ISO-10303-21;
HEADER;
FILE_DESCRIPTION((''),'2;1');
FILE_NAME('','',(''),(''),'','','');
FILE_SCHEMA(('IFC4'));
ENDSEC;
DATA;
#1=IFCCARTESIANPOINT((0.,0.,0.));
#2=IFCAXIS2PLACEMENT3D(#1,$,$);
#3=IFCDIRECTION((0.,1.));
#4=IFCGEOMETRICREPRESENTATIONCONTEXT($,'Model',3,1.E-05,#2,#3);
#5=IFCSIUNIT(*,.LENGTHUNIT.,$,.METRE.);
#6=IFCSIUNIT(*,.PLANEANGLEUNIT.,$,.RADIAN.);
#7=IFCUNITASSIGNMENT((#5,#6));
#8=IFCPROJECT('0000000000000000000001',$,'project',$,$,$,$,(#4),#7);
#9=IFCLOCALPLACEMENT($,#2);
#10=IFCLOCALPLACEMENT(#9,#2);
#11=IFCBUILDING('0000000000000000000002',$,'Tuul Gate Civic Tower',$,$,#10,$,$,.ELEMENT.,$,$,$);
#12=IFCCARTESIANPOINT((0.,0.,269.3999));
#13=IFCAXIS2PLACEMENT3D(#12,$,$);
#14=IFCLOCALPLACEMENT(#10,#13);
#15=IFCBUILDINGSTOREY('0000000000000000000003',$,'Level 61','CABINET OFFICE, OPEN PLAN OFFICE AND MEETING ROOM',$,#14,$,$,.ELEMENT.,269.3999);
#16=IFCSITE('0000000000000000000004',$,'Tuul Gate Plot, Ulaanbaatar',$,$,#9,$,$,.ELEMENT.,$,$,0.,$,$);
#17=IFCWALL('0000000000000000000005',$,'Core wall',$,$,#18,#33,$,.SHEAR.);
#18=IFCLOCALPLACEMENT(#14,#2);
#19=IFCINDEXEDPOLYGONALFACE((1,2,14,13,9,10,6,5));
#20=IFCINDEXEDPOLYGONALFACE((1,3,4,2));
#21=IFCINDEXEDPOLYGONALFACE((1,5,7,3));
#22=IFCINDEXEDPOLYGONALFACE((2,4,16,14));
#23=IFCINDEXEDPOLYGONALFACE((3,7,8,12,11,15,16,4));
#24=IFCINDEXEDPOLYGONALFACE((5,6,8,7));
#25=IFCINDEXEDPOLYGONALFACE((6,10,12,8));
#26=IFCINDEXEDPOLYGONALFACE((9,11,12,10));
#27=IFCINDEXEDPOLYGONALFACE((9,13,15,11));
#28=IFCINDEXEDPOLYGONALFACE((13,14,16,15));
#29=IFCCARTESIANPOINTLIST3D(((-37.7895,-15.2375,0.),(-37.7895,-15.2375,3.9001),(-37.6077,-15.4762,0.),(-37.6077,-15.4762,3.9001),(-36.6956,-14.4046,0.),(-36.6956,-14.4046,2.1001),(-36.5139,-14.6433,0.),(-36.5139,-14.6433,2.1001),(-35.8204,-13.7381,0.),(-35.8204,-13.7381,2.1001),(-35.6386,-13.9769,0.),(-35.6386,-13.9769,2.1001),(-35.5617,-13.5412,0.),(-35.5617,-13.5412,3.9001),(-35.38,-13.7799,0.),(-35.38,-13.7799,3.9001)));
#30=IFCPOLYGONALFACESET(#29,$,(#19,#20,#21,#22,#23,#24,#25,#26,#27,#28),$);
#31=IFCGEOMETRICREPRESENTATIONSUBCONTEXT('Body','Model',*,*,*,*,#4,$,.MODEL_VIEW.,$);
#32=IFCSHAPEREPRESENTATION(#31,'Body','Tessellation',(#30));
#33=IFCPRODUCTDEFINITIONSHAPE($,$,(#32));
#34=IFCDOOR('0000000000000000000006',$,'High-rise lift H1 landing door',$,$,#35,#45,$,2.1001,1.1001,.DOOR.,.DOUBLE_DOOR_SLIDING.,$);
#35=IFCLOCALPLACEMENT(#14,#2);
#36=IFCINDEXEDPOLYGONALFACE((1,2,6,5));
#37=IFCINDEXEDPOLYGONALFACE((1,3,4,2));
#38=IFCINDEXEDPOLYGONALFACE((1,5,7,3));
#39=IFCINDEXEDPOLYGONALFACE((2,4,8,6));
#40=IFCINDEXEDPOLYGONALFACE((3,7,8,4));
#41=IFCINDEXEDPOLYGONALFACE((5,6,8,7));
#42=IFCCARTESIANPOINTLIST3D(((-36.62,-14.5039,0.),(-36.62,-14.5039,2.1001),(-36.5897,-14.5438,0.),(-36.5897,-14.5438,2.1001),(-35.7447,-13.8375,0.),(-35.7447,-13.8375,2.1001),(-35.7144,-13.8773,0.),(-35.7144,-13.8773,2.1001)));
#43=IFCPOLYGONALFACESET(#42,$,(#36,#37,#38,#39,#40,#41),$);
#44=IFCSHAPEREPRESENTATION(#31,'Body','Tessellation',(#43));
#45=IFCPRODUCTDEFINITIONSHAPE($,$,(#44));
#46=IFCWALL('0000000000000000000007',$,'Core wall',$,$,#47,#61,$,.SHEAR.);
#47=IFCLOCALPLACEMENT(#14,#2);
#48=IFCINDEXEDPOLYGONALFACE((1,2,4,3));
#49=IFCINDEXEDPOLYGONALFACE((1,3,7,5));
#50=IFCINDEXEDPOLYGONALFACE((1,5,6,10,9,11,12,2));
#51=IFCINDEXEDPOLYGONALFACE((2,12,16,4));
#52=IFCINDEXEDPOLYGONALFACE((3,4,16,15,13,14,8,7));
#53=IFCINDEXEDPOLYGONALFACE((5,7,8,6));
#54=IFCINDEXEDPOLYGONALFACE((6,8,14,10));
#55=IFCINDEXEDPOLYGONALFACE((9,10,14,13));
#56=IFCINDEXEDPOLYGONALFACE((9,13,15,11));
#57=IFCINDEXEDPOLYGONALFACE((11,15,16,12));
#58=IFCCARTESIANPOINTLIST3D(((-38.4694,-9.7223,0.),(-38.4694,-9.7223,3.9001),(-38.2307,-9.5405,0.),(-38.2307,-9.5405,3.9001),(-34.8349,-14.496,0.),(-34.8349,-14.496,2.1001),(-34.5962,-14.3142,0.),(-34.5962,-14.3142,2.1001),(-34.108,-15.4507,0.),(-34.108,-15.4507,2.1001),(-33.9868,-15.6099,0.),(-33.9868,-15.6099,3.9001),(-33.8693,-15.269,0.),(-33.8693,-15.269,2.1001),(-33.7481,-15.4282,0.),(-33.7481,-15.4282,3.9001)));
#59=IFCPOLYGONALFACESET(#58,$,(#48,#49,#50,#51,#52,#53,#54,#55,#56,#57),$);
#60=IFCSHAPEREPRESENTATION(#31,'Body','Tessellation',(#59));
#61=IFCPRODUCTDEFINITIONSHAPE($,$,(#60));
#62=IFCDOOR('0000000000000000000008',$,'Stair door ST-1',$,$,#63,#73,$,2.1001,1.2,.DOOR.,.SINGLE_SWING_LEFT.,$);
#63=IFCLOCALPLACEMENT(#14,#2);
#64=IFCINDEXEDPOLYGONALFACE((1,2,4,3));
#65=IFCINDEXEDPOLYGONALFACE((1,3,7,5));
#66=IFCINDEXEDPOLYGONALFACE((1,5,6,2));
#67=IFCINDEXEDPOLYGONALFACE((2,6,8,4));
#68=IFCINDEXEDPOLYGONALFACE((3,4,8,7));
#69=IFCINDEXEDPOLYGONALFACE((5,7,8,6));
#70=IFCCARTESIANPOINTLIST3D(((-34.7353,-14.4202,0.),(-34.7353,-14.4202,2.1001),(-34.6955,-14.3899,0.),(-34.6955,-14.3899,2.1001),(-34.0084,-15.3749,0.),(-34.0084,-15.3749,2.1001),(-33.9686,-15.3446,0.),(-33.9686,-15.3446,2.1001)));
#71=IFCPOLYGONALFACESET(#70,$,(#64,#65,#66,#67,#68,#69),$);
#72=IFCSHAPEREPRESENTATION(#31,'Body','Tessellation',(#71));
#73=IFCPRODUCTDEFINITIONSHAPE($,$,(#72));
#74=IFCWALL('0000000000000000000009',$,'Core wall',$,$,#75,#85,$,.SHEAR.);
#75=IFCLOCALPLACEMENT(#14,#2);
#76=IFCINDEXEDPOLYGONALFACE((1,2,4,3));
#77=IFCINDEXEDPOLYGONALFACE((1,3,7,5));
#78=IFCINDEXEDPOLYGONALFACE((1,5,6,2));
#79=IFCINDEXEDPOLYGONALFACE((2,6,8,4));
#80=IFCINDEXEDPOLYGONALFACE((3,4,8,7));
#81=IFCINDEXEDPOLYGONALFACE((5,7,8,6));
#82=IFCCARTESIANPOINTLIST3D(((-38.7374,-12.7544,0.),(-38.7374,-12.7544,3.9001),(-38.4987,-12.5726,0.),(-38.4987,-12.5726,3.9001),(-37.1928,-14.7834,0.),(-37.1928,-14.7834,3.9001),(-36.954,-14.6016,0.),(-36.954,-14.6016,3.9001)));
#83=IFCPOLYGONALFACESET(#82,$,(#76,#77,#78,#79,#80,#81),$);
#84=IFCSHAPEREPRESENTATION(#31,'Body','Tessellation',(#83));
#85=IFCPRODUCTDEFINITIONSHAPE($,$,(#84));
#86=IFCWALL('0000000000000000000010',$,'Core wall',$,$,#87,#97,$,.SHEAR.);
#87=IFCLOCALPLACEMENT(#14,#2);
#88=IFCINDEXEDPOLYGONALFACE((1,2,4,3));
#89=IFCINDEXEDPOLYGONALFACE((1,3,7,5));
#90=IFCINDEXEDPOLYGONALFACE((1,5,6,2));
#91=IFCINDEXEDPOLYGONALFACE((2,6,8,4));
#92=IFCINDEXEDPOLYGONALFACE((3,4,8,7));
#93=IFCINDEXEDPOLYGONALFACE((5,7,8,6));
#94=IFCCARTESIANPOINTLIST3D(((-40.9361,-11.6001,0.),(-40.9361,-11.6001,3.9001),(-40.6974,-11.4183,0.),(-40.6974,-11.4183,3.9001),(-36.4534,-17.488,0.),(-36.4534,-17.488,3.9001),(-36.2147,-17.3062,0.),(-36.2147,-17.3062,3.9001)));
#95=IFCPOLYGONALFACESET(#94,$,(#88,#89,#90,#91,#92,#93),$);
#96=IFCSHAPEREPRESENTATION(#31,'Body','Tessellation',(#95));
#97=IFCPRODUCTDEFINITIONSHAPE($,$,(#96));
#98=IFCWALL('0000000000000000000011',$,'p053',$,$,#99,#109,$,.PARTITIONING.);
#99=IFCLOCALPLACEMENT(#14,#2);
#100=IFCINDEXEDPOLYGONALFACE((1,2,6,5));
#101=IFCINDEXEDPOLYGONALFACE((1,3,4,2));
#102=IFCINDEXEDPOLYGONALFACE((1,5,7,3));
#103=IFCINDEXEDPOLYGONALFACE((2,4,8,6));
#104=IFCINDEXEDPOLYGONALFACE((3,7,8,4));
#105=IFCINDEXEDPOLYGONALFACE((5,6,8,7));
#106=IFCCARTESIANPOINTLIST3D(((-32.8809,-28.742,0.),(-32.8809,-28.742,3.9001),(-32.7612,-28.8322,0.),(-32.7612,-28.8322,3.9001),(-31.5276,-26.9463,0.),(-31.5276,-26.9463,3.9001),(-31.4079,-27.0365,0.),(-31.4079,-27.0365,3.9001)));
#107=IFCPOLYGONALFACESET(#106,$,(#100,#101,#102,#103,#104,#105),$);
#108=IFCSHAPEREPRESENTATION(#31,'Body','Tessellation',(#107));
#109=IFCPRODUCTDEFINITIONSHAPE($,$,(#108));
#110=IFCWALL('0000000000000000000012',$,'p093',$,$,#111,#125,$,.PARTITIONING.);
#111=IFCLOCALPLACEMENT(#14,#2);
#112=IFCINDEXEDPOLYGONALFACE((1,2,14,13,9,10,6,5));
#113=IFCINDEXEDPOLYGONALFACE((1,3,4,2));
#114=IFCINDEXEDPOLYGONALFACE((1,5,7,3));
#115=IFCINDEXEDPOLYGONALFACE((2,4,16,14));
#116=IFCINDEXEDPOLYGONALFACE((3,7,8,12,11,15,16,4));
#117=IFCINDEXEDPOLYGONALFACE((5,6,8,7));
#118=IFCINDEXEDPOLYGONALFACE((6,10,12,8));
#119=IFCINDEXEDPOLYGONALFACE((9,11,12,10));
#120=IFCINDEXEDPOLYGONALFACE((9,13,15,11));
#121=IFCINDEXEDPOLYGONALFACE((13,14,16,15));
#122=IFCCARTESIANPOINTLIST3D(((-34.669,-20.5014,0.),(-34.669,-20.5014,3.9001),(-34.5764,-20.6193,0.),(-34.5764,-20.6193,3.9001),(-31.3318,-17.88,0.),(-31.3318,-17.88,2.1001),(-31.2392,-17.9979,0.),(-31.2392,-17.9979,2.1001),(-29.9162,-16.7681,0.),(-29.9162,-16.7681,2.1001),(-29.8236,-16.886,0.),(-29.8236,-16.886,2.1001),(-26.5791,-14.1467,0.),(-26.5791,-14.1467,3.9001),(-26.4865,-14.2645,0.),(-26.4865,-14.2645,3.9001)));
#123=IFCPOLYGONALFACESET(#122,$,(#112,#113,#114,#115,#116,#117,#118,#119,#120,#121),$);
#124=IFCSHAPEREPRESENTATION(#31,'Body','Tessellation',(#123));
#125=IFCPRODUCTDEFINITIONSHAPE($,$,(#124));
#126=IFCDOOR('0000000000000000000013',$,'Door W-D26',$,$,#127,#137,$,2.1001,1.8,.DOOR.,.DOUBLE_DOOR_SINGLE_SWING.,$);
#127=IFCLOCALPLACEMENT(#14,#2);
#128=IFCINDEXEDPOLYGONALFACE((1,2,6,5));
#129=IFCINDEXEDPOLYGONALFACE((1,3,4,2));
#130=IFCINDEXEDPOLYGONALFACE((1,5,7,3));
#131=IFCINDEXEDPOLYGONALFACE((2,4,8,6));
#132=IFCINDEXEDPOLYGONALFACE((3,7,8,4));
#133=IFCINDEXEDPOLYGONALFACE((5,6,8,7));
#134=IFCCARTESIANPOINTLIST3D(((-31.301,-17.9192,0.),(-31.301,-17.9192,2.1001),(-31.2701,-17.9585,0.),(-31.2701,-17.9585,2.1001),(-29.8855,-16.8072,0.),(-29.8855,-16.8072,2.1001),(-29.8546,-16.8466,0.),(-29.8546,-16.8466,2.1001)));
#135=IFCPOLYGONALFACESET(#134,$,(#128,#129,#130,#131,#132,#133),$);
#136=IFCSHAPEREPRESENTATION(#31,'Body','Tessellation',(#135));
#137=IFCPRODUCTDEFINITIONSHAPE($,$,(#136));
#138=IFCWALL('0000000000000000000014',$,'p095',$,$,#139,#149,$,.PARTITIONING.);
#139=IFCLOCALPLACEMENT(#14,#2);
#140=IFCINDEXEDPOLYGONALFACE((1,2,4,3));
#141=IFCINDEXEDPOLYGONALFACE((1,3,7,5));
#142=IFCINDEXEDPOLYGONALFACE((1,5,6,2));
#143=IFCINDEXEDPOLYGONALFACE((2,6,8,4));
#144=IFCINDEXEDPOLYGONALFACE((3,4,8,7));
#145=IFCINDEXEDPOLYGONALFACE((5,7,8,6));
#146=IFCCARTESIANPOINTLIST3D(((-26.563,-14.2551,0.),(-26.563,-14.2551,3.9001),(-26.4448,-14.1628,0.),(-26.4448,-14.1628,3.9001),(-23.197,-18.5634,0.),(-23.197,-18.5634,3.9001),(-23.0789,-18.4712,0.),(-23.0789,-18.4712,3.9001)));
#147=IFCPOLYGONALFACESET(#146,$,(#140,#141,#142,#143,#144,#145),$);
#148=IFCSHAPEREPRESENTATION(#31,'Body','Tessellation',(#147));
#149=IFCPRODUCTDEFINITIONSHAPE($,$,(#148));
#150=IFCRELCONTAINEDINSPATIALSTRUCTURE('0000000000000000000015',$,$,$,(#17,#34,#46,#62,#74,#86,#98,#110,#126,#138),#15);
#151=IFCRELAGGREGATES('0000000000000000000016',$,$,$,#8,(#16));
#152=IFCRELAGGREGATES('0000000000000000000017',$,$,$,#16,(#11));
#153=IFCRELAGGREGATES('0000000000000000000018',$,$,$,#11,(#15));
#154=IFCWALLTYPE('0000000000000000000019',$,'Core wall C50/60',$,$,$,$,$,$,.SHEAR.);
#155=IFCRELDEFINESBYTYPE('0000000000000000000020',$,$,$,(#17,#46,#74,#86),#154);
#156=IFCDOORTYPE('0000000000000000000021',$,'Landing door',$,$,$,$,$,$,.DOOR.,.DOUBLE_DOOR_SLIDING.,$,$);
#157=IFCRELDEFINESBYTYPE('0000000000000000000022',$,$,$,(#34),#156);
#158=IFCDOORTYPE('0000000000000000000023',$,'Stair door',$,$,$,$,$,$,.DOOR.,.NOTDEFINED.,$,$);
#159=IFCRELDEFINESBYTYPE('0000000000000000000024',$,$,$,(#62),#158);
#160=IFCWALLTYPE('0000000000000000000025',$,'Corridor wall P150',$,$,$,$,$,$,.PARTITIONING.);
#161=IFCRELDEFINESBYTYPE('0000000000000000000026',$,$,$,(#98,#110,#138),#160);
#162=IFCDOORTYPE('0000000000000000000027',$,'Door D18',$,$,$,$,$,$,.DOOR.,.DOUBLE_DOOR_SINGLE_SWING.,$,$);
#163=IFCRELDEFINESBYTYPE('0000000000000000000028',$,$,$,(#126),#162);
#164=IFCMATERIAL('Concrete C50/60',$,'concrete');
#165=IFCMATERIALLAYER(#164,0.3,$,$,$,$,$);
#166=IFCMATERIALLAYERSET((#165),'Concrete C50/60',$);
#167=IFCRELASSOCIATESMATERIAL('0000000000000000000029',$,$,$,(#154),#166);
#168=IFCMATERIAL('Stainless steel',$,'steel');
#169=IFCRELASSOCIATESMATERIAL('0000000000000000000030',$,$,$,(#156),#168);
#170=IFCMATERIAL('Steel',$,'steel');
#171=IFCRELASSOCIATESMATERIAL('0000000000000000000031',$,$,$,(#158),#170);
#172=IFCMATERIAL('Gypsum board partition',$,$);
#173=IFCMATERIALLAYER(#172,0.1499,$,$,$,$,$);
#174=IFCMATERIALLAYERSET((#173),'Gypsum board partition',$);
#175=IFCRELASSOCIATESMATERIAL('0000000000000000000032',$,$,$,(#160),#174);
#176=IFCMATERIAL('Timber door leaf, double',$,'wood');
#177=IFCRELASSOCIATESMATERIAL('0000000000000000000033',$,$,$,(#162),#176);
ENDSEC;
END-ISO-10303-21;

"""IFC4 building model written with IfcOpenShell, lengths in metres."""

from ifc_helpers import new_model, si_unit, direction, frame, frame_2d, origin, place, context, subcontext, project, spatial, rectangle, extrude, material, layer, layer_set, type_object, element, fill, save


model = new_model("IFC4")

# Units and contexts
model_context = context("Model", 3, precision=1e-05, world=origin(), true_north=direction((0.0, 1.0)))
body_context = subcontext(model_context, "Body", "Model", "MODEL_VIEW")
ifc_project = project(units=[si_unit("LENGTHUNIT", "METRE"), si_unit("PLANEANGLEUNIT", "RADIAN")], contexts=[model_context])

# Site, building, storey
site_placement = place(None, origin())
site = spatial("IfcSite", under=ifc_project, at=site_placement, Name="Tuul Gate Plot, Ulaanbaatar", CompositionType="ELEMENT", RefElevation=0.0)
building_placement = place(site_placement, origin())
building = spatial("IfcBuilding", under=site, at=building_placement, Name="Tuul Gate Civic Tower", CompositionType="ELEMENT")
storey_placement = place(building_placement, frame((0.0, 0.0, 269.3999)))
storey = spatial("IfcBuildingStorey", under=building, at=storey_placement, Name="Level 61", Description="CABINET OFFICE, OPEN PLAN OFFICE AND MEETING ROOM", CompositionType="ELEMENT", Elevation=269.3999)

# Walls, openings, doors
ifc_material_1 = material(Name="Concrete C50/60", Category="concrete")
ifc_layer_1 = layer(ifc_material_1, 0.3)
ifc_layer_set_1 = layer_set([ifc_layer_1], Name="Concrete C50/60")
wall_type_1 = type_object("IfcWallType", Name="Core wall C50/60", PredefinedType="SHEAR", material=ifc_layer_set_1)
wall_1_placement = place(storey_placement, frame((-35.4709, -13.6606, 0.0), z_axis=(0.0, 0.0, 1.0), x_axis=(-0.795616, -0.605802, 0.0)))
wall_1 = element("IfcWall", 1, at=wall_1_placement, inside=storey, type_object=wall_type_1, Name="Core wall", PredefinedType="SHEAR", context=body_context, shape_type="SweptSolid", body=[
    extrude(rectangle(XDim=2.8, YDim=0.3, at=frame_2d((1.3999, 0.0))), origin(), (0.0, 0.0, 1.0), 3.9001),
])
opening_1_placement = place(wall_1_placement, frame((0.325, 0.0, 0.0)))
opening_1 = element("IfcOpeningElement", 2, at=opening_1_placement, cuts=wall_1, PredefinedType="OPENING", context=body_context, shape_type="SweptSolid", body=[
    extrude(rectangle(XDim=1.1001, YDim=2.1001, at=frame_2d((0.55, 1.05))), frame((0.0, 0.1602, 0.0), z_axis=(0.0, -1.0, 0.0), x_axis=(1.0, 0.0, 0.0)), (0.0, 0.0, 1.0), 0.3201),
])
ifc_material_2 = material(Name="Stainless steel", Category="steel")
door_type_1 = type_object("IfcDoorType", Name="Landing door", OperationType="DOUBLE_DOOR_SLIDING", PredefinedType="DOOR", material=ifc_material_2)
door_1_placement = place(opening_1_placement, origin())
door_1 = element("IfcDoor", 3, at=door_1_placement, inside=storey, type_object=door_type_1, Name="High-rise lift H1 landing door", OperationType="DOUBLE_DOOR_SLIDING", OverallHeight=2.1001, OverallWidth=1.1001, PredefinedType="DOOR", context=body_context, shape_type="SweptSolid", body=[
    extrude(rectangle(XDim=1.1001, YDim=2.1001, at=frame_2d((0.55, 1.05))), frame((0.0, 0.0249, 0.0), z_axis=(0.0, -1.0, 0.0), x_axis=(1.0, 0.0, 0.0)), (0.0, 0.0, 1.0), 0.05),
])
fill(opening_1, door_1)
wall_2_placement = place(storey_placement, frame((-33.8674, -15.519, 0.0), z_axis=(0.0, 0.0, 1.0), x_axis=(-0.60577, 0.79564, 0.0)))
wall_2 = element("IfcWall", 4, at=wall_2_placement, inside=storey, type_object=wall_type_1, Name="Core wall", PredefinedType="SHEAR", context=body_context, shape_type="SweptSolid", body=[
    extrude(rectangle(XDim=7.3999, YDim=0.3, at=frame_2d((3.7, 0.0))), origin(), (0.0, 0.0, 1.0), 3.9001),
])
opening_2_placement = place(wall_2_placement, frame((0.2, 0.0, 0.0)))
opening_2 = element("IfcOpeningElement", 5, at=opening_2_placement, cuts=wall_2, PredefinedType="OPENING", context=body_context, shape_type="SweptSolid", body=[
    extrude(rectangle(XDim=1.2, YDim=2.1001, at=frame_2d((0.6001, 1.05))), frame((0.0, 0.1602, 0.0), z_axis=(0.0, -1.0, 0.0), x_axis=(1.0, 0.0, 0.0)), (0.0, 0.0, 1.0), 0.3201),
])
ifc_material_3 = material(Name="Steel", Category="steel")
door_type_2 = type_object("IfcDoorType", Name="Stair door", OperationType="NOTDEFINED", PredefinedType="DOOR", material=ifc_material_3)
door_2_placement = place(opening_2_placement, origin())
door_2 = element("IfcDoor", 6, at=door_2_placement, inside=storey, type_object=door_type_2, Name="Stair door ST-1", OperationType="SINGLE_SWING_LEFT", OverallHeight=2.1001, OverallWidth=1.2, PredefinedType="DOOR", context=body_context, shape_type="SweptSolid", body=[
    extrude(rectangle(XDim=1.2, YDim=2.1001, at=frame_2d((0.6001, 1.05))), frame((0.0, 0.0249, 0.0), z_axis=(0.0, -1.0, 0.0), x_axis=(1.0, 0.0, 0.0)), (0.0, 0.0, 1.0), 0.05),
])
fill(opening_2, door_2)

# Walls
wall_3_placement = place(storey_placement, frame((-37.0735, -14.6924, 0.0), z_axis=(0.0, 0.0, 1.0), x_axis=(-0.605729, 0.795671, 0.0)))
element("IfcWall", 7, at=wall_3_placement, inside=storey, type_object=wall_type_1, Name="Core wall", PredefinedType="SHEAR", context=body_context, shape_type="SweptSolid", body=[
    extrude(rectangle(XDim=2.55, YDim=0.3, at=frame_2d((1.2749, 0.0))), origin(), (0.0, 0.0, 1.0), 3.9001),
])
wall_4_placement = place(storey_placement, frame((-36.334, -17.3972, 0.0), z_axis=(0.0, 0.0, 1.0), x_axis=(-0.605754, 0.795652, 0.0)))
element("IfcWall", 8, at=wall_4_placement, inside=storey, type_object=wall_type_1, Name="Core wall", PredefinedType="SHEAR", context=body_context, shape_type="SweptSolid", body=[
    extrude(rectangle(XDim=7.4001, YDim=0.3, at=frame_2d((3.7002, 0.0))), origin(), (0.0, 0.0, 1.0), 3.9001),
])
ifc_material_4 = material(Name="Gypsum board partition")
ifc_layer_2 = layer(ifc_material_4, 0.1499)
ifc_layer_set_2 = layer_set([ifc_layer_2], Name="Gypsum board partition")
wall_type_2 = type_object("IfcWallType", Name="Corridor wall P150", PredefinedType="PARTITIONING", material=ifc_layer_set_2)
wall_5_placement = place(storey_placement, frame((-32.821, -28.7871, 0.0), z_axis=(0.0, 0.0, 1.0), x_axis=(0.601857, 0.798604, 0.0)))
element("IfcWall", 9, at=wall_5_placement, inside=storey, type_object=wall_type_2, Name="p053", PredefinedType="PARTITIONING", context=body_context, shape_type="SweptSolid", body=[
    extrude(rectangle(XDim=2.2485, YDim=0.1499, at=frame_2d((1.1243, 0.0))), origin(), (0.0, 0.0, 1.0), 3.9001),
])

# Wall, opening, door
wall_6_placement = place(storey_placement, frame((-34.6226, -20.5603, 0.0), z_axis=(0.0, 0.0, 1.0), x_axis=(0.786392, 0.617727, 0.0)))
wall_6 = element("IfcWall", 10, at=wall_6_placement, inside=storey, type_object=wall_type_2, Name="p093", PredefinedType="PARTITIONING", context=body_context, shape_type="SweptSolid", body=[
    extrude(rectangle(XDim=10.2874, YDim=0.1499, at=frame_2d((5.1436, 0.0))), origin(), (0.0, 0.0, 1.0), 3.9001),
])
opening_3_placement = place(wall_6_placement, frame((4.2437, 0.0, 0.0)))
opening_3 = element("IfcOpeningElement", 11, at=opening_3_placement, cuts=wall_6, PredefinedType="OPENING", context=body_context, shape_type="SweptSolid", body=[
    extrude(rectangle(XDim=1.8, YDim=2.1001, at=frame_2d((0.8999, 1.05))), frame((0.0, 0.085, 0.0), z_axis=(0.0, -1.0, 0.0), x_axis=(1.0, 0.0, 0.0)), (0.0, 0.0, 1.0), 0.1699),
])
ifc_material_5 = material(Name="Timber door leaf, double", Category="wood")
door_type_3 = type_object("IfcDoorType", Name="Door D18", OperationType="DOUBLE_DOOR_SINGLE_SWING", PredefinedType="DOOR", material=ifc_material_5)
door_3_placement = place(opening_3_placement, frame((1.8, 0.0, 0.0), z_axis=(0.0, 0.0, 1.0), x_axis=(-1.0, 0.0, 0.0)))
door_3 = element("IfcDoor", 12, at=door_3_placement, inside=storey, type_object=door_type_3, Name="Door W-D26", OperationType="DOUBLE_DOOR_SINGLE_SWING", OverallHeight=2.1001, OverallWidth=1.8, PredefinedType="DOOR", context=body_context, shape_type="SweptSolid", body=[
    extrude(rectangle(XDim=1.8, YDim=2.1001, at=frame_2d((0.9001, 1.05))), frame((0.0, 0.0249, 0.0), z_axis=(0.0, -1.0, 0.0), x_axis=(1.0, 0.0, 0.0)), (0.0, 0.0, 1.0), 0.05),
])
fill(opening_3, door_3)

# Wall
wall_7_placement = place(storey_placement, frame((-26.5039, -14.209, 0.0), z_axis=(0.0, 0.0, 1.0), x_axis=(0.615652, -0.788018, 0.0)))
element("IfcWall", 13, at=wall_7_placement, inside=storey, type_object=wall_type_2, Name="p095", PredefinedType="PARTITIONING", context=body_context, shape_type="SweptSolid", body=[
    extrude(rectangle(XDim=5.4673, YDim=0.1499, at=frame_2d((2.7336, 0.0))), origin(), (0.0, 0.0, 1.0), 3.9001),
])

save(model, "model.ifc")
